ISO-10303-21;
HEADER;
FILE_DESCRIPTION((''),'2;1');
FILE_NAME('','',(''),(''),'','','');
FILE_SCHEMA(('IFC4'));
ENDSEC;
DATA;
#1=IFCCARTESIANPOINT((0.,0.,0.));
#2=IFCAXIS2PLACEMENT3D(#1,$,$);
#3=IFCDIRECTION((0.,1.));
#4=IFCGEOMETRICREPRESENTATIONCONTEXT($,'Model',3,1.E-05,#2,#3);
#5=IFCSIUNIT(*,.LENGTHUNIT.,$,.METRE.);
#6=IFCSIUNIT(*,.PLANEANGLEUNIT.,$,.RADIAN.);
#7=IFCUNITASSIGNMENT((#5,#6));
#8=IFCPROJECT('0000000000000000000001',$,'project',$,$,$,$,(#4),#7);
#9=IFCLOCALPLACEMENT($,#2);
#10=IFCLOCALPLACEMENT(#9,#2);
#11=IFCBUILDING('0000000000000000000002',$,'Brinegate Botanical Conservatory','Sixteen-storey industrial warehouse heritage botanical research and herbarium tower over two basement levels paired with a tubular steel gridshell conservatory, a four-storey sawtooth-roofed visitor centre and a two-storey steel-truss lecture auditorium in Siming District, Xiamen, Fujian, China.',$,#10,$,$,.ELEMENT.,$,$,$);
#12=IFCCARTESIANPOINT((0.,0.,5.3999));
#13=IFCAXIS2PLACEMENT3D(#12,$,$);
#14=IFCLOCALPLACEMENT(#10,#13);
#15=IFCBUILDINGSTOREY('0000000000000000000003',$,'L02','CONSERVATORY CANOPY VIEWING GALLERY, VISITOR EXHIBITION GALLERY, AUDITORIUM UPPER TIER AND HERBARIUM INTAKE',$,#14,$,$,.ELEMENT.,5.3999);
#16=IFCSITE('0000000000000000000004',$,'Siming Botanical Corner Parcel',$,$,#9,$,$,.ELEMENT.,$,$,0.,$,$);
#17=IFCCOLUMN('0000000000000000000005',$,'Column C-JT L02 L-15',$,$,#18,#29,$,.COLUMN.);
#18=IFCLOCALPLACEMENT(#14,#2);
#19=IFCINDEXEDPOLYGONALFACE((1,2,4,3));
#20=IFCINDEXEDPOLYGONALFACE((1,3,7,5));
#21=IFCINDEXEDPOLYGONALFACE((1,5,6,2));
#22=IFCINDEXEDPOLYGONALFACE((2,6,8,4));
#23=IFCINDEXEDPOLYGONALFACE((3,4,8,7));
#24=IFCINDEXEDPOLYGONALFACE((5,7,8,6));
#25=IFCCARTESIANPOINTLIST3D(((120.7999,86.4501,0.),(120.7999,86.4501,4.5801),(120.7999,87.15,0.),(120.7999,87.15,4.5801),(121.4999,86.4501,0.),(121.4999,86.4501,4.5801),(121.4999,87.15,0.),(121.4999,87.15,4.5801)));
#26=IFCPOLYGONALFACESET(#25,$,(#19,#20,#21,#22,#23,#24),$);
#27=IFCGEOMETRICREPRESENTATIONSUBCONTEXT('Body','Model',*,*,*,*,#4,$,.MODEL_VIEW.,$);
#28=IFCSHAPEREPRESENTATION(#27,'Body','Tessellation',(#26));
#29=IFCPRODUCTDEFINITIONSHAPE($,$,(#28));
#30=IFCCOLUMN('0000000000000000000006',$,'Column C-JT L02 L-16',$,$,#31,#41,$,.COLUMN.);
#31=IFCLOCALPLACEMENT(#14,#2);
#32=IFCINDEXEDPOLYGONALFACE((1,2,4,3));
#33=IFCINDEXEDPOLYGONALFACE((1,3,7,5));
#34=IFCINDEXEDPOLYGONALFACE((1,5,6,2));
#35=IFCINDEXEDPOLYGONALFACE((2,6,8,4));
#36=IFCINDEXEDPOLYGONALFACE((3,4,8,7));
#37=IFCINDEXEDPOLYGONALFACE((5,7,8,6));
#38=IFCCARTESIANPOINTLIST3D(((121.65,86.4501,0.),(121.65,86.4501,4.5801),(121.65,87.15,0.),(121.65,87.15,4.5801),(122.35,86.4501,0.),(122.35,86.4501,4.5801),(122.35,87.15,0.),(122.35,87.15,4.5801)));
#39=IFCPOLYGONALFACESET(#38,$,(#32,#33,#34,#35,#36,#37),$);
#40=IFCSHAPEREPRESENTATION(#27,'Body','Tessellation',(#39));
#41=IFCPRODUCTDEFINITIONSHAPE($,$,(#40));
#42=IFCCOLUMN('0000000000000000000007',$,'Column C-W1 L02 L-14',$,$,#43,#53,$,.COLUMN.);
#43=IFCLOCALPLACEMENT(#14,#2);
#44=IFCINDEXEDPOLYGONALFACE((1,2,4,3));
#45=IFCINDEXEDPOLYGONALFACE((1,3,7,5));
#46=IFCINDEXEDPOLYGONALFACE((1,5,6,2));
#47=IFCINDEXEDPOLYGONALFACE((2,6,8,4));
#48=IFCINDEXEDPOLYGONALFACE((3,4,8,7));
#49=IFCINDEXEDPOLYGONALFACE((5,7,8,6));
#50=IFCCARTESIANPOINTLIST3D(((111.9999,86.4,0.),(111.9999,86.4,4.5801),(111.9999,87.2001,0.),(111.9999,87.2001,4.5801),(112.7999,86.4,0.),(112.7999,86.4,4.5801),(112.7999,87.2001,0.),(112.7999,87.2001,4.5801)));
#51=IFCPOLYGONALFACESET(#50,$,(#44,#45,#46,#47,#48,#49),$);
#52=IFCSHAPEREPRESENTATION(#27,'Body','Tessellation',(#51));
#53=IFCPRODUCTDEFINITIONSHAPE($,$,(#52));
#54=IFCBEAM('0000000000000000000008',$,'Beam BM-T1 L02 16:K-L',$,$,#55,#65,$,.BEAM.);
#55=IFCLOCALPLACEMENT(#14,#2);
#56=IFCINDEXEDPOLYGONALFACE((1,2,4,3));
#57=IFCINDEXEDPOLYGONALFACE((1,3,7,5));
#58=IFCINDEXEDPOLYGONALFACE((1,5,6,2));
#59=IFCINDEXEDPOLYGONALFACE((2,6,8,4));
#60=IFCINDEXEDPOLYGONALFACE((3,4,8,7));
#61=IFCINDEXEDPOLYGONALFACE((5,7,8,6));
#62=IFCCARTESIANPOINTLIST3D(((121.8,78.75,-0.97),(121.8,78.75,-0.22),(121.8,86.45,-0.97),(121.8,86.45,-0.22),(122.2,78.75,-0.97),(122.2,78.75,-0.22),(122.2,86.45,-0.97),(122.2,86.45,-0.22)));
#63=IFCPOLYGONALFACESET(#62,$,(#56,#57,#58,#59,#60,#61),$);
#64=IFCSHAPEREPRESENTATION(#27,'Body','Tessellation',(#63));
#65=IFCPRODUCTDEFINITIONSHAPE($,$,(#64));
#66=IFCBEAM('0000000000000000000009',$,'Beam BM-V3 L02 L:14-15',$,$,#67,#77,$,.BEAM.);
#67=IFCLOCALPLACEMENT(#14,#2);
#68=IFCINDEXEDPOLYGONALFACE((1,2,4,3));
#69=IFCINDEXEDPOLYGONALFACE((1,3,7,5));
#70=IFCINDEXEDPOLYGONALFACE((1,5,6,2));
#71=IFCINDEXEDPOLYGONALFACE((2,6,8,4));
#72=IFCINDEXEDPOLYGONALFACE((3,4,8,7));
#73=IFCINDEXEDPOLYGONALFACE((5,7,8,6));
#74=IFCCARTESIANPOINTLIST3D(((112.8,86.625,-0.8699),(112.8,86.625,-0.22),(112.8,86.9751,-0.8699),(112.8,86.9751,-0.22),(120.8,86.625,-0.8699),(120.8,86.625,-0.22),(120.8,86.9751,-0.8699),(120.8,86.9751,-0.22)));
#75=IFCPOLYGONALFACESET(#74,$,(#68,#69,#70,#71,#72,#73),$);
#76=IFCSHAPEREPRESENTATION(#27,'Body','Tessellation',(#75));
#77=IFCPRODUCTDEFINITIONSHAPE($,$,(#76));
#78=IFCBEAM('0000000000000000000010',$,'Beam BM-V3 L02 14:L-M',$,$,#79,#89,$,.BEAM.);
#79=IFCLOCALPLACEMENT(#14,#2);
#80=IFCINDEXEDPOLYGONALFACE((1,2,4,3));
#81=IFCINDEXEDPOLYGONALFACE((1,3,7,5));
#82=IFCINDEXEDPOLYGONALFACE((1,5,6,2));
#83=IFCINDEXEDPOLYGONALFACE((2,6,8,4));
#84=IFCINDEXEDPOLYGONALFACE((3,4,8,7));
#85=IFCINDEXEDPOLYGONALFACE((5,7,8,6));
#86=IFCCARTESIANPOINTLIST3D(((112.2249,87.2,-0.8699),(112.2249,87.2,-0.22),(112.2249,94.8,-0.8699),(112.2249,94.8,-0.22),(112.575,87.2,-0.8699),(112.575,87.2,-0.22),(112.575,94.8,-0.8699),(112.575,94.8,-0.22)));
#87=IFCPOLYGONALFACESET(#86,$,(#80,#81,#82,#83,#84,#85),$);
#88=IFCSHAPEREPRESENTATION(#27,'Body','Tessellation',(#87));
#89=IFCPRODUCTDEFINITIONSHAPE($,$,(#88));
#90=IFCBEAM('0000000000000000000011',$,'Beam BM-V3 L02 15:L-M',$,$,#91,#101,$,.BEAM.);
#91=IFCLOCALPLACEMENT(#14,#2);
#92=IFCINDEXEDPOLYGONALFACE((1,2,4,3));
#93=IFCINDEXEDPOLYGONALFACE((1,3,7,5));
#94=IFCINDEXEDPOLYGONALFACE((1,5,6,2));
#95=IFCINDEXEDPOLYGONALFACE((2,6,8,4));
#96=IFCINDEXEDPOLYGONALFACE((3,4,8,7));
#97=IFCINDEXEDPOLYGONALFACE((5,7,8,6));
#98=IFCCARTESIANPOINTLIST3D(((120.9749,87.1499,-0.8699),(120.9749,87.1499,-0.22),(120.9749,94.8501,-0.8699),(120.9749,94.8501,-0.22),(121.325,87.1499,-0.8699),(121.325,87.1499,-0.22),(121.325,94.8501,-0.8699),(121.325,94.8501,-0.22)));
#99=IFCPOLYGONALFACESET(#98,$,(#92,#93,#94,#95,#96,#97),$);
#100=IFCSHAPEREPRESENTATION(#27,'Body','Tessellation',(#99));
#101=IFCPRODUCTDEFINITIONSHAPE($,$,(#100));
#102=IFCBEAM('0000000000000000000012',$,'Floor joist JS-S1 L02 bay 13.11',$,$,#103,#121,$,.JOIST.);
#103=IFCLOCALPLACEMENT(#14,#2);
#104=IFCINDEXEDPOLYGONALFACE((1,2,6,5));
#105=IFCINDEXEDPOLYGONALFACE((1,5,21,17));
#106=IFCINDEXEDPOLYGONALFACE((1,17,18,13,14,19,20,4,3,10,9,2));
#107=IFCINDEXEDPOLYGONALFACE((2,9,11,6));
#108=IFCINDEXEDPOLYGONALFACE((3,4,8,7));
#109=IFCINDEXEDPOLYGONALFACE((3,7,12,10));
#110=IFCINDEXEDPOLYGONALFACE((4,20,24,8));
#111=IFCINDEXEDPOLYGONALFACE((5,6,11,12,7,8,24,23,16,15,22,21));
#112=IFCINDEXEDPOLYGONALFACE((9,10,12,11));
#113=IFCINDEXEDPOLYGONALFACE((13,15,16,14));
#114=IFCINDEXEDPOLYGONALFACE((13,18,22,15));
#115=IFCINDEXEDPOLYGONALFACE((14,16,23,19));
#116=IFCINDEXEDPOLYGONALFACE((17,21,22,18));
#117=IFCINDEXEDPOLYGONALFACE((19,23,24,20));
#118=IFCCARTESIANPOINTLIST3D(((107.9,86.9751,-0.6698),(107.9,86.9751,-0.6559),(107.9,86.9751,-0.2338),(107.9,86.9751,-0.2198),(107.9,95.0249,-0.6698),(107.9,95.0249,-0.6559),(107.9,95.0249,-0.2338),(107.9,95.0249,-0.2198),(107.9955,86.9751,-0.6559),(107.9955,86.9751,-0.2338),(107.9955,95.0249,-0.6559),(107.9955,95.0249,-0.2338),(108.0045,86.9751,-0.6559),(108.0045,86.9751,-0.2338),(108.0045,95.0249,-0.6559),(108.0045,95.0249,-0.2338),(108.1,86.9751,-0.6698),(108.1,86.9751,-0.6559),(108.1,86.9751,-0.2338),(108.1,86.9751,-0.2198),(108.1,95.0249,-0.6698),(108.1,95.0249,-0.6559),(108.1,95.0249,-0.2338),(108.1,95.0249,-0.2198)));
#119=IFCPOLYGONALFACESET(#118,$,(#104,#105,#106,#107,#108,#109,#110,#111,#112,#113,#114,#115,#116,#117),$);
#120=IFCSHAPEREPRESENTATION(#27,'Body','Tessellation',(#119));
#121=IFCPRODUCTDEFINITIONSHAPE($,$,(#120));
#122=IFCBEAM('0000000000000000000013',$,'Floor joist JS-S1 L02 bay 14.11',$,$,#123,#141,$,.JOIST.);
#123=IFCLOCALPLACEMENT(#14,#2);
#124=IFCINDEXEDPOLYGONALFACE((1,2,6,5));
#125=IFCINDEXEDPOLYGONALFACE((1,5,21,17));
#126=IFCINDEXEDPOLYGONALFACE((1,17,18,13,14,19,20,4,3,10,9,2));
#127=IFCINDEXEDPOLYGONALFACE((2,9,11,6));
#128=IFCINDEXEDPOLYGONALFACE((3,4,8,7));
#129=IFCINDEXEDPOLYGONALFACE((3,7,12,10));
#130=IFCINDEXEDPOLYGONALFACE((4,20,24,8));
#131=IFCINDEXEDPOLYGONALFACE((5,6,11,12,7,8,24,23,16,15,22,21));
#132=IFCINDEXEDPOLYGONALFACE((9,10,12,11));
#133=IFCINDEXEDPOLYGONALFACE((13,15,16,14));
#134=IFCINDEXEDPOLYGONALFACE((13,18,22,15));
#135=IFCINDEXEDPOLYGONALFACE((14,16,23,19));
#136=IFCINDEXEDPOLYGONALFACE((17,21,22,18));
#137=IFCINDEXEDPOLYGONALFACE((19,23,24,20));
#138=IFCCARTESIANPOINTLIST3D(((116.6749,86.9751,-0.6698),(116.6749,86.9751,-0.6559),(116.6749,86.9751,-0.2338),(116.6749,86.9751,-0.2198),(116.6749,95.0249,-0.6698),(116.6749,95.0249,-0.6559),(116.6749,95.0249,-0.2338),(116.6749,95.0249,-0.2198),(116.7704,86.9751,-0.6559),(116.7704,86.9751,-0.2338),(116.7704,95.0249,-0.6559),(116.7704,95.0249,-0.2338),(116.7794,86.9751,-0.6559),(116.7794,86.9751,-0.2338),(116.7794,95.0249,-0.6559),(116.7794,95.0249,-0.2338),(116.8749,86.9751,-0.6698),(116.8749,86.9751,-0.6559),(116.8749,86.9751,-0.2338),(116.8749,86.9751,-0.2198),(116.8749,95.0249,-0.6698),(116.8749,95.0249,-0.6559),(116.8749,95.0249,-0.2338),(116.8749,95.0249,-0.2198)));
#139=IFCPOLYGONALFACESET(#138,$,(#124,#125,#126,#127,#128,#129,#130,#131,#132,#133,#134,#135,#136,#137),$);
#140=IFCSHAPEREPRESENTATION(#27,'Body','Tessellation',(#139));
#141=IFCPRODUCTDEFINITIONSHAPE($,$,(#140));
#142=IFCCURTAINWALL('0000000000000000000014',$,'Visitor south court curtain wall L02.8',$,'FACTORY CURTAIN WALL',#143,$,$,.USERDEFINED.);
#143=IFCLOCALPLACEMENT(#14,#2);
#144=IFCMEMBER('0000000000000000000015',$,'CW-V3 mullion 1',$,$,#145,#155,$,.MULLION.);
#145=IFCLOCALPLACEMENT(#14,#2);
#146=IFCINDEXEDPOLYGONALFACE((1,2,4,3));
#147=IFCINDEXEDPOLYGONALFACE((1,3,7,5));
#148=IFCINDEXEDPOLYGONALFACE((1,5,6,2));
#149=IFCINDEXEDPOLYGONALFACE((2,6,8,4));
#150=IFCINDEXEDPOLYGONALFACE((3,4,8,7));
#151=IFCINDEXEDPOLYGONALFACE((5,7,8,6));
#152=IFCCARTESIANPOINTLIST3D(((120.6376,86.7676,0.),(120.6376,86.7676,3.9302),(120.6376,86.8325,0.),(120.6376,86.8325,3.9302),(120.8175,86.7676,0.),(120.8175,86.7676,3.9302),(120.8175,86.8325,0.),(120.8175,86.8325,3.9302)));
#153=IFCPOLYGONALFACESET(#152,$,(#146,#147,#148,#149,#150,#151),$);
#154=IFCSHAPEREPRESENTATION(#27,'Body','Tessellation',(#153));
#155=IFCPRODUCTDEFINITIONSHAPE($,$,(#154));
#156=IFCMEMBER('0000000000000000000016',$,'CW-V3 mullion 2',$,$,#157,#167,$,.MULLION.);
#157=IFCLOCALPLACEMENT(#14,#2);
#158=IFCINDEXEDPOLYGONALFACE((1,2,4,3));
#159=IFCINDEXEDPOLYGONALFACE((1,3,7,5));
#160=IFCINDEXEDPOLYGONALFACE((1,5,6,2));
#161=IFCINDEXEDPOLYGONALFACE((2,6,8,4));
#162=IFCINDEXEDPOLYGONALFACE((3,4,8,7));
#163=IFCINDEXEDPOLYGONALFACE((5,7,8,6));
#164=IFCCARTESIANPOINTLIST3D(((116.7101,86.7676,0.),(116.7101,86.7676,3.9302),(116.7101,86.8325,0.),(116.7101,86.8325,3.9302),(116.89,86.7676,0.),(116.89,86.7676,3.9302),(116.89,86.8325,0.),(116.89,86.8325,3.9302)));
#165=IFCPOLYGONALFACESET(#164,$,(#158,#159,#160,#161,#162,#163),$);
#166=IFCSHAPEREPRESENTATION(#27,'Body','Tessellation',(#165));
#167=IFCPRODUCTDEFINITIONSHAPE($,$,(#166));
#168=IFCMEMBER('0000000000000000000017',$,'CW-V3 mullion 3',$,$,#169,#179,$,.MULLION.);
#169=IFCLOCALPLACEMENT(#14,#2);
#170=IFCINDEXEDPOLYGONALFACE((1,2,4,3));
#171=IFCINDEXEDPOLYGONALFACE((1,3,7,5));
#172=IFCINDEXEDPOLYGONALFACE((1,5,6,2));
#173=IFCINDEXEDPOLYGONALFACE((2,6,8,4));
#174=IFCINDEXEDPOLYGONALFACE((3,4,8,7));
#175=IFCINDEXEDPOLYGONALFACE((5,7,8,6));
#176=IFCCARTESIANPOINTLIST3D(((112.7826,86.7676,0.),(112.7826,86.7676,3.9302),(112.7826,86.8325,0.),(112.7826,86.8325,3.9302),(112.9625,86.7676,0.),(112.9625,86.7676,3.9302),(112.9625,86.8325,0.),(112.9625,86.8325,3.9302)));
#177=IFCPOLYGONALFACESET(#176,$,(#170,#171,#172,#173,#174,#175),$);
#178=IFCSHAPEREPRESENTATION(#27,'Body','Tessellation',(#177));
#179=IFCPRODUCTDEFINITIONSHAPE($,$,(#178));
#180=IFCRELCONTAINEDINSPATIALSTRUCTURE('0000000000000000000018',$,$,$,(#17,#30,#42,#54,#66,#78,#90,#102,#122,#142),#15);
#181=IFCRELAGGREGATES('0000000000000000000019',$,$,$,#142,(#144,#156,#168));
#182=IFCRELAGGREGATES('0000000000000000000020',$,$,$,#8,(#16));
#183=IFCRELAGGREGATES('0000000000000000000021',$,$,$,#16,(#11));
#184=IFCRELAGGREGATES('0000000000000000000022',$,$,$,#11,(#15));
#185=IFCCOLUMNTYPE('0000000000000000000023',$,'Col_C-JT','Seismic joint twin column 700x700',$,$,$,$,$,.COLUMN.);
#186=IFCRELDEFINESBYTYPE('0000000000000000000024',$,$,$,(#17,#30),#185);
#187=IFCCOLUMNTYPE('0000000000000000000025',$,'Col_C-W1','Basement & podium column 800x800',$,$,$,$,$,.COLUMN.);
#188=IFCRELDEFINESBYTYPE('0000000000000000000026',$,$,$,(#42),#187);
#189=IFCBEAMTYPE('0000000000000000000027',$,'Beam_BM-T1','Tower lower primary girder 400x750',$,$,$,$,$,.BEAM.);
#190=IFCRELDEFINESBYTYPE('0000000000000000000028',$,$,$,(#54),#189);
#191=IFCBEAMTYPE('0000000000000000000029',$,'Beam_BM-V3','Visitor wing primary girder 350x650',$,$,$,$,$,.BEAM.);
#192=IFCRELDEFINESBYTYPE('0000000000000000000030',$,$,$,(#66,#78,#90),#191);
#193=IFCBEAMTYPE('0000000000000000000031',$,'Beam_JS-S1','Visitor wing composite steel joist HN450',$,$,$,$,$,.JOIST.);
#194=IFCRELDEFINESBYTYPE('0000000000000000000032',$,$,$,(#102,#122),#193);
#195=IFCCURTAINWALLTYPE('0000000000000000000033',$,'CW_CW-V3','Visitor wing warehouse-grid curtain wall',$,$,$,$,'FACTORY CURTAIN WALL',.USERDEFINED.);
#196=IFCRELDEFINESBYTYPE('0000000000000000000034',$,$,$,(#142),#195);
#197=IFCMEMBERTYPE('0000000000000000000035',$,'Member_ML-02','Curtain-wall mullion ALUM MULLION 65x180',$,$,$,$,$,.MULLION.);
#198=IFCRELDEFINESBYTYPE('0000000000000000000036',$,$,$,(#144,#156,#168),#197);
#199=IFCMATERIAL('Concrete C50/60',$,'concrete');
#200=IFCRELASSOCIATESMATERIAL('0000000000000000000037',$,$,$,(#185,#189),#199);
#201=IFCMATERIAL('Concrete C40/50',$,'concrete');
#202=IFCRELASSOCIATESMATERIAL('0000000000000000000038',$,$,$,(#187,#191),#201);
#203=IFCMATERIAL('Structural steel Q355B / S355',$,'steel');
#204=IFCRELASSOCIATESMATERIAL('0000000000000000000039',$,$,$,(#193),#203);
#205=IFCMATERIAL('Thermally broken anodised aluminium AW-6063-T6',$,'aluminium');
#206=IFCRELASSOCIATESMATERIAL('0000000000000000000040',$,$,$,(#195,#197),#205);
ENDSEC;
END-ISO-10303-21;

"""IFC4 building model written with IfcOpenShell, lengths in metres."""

from ifc_helpers import new_model, si_unit, direction, frame, origin, origin_2d, place, context, subcontext, project, spatial, rectangle, i_section, extrude, material, material_profile, profile_set, type_object, element, aggregate, save


model = new_model("IFC4")

# Units and contexts
model_context = context("Model", 3, precision=1e-05, world=origin(), true_north=direction((0.0, 1.0)))
body_context = subcontext(model_context, "Body", "Model", "MODEL_VIEW")
ifc_project = project(units=[si_unit("LENGTHUNIT", "METRE"), si_unit("PLANEANGLEUNIT", "RADIAN")], contexts=[model_context])

# Site, building, storey
site_placement = place(None, origin())
site = spatial("IfcSite", under=ifc_project, at=site_placement, Name="Siming Botanical Corner Parcel", CompositionType="ELEMENT", RefElevation=0.0)
building_placement = place(site_placement, origin())
building = spatial("IfcBuilding", under=site, at=building_placement, Name="Brinegate Botanical Conservatory", Description="Sixteen-storey industrial warehouse heritage botanical research and herbarium tower over two basement levels paired with a tubular steel gridshell conservatory, a four-storey sawtooth-roofed visitor centre and a two-storey steel-truss lecture auditorium in Siming District, Xiamen, Fujian, China.", CompositionType="ELEMENT")
storey_placement = place(building_placement, frame((0.0, 0.0, 5.3999)))
storey = spatial("IfcBuildingStorey", under=building, at=storey_placement, Name="L02", Description="CONSERVATORY CANOPY VIEWING GALLERY, VISITOR EXHIBITION GALLERY, AUDITORIUM UPPER TIER AND HERBARIUM INTAKE", CompositionType="ELEMENT", Elevation=5.3999)

# Columns
ifc_material_1 = material(Name="Concrete C50/60", Category="concrete")
ifc_material_profile_1 = material_profile(ifc_material_1, rectangle(XDim=0.7, YDim=0.7, at=origin_2d()), Name="RC COL 700x700")
ifc_profile_set_1 = profile_set([ifc_material_profile_1], Name="Concrete C50/60")
column_type_1 = type_object("IfcColumnType", Name="Col_C-JT", Description="Seismic joint twin column 700x700", PredefinedType="COLUMN", material=ifc_profile_set_1)
for number, where, z_axis, x_axis, name in (
    (1, (121.1499, 86.8, 0.0), (0.0, 0.0, 1.0), (1.0, 0.0, 0.0), "Column C-JT L02 L-15"),
    (2, (122.0, 86.8, 0.0), (0.0, 0.0, 1.0), (1.0, 0.0, 0.0), "Column C-JT L02 L-16"),
):
    element("IfcColumn", number, at=place(storey_placement, frame(where, z_axis=z_axis, x_axis=x_axis)), inside=storey, type_object=column_type_1, Name=name, PredefinedType="COLUMN", context=body_context, shape_type="SweptSolid", body=[
        extrude(rectangle(XDim=0.7, YDim=0.7, at=origin_2d()), origin(), (0.0, 0.0, 1.0), 4.5801),
    ])
ifc_material_2 = material(Name="Concrete C40/50", Category="concrete")
ifc_material_profile_2 = material_profile(ifc_material_2, rectangle(XDim=0.8, YDim=0.8, at=origin_2d()), Name="RC COL 800x800")
ifc_profile_set_2 = profile_set([ifc_material_profile_2], Name="Concrete C40/50")
column_type_2 = type_object("IfcColumnType", Name="Col_C-W1", Description="Basement & podium column 800x800", PredefinedType="COLUMN", material=ifc_profile_set_2)
column_placement = place(storey_placement, frame((112.3999, 86.8, 0.0), z_axis=(0.0, 0.0, 1.0), x_axis=(1.0, 0.0, 0.0)))
element("IfcColumn", 3, at=column_placement, inside=storey, type_object=column_type_2, Name="Column C-W1 L02 L-14", PredefinedType="COLUMN", context=body_context, shape_type="SweptSolid", body=[
    extrude(rectangle(XDim=0.8, YDim=0.8, at=origin_2d()), origin(), (0.0, 0.0, 1.0), 4.5801),
])

# Beams
ifc_material_profile_3 = material_profile(ifc_material_1, rectangle(XDim=0.3999, YDim=0.75, at=origin_2d()), Name="RC BM 400x750")
ifc_profile_set_3 = profile_set([ifc_material_profile_3], Name="Concrete C50/60")
beam_type_1 = type_object("IfcBeamType", Name="Beam_BM-T1", Description="Tower lower primary girder 400x750", PredefinedType="BEAM", material=ifc_profile_set_3)
beam_1_placement = place(storey_placement, frame((122.0, 78.75, -0.595), z_axis=(0.0, 1.0, 0.0), x_axis=(-1.0, 0.0, 0.0)))
element("IfcBeam", 4, at=beam_1_placement, inside=storey, type_object=beam_type_1, Name="Beam BM-T1 L02 16:K-L", PredefinedType="BEAM", context=body_context, shape_type="SweptSolid", body=[
    extrude(rectangle(XDim=0.3999, YDim=0.75, at=origin_2d()), origin(), (0.0, 0.0, 1.0), 7.7),
])
ifc_material_profile_4 = material_profile(ifc_material_2, rectangle(XDim=0.3501, YDim=0.6499, at=origin_2d()), Name="RC BM 350x650")
ifc_profile_set_4 = profile_set([ifc_material_profile_4], Name="Concrete C40/50")
beam_type_2 = type_object("IfcBeamType", Name="Beam_BM-V3", Description="Visitor wing primary girder 350x650", PredefinedType="BEAM", material=ifc_profile_set_4)
beam_2_placement = place(storey_placement, frame((112.8, 86.8, -0.5449), z_axis=(1.0, 0.0, 0.0), x_axis=(0.0, 1.0, 0.0)))
element("IfcBeam", 5, at=beam_2_placement, inside=storey, type_object=beam_type_2, Name="Beam BM-V3 L02 L:14-15", PredefinedType="BEAM", context=body_context, shape_type="SweptSolid", body=[
    extrude(rectangle(XDim=0.3501, YDim=0.6499, at=origin_2d()), origin(), (0.0, 0.0, 1.0), 8.0),
])
beam_3_placement = place(storey_placement, frame((112.3999, 87.2, -0.5449), z_axis=(0.0, 1.0, 0.0), x_axis=(-1.0, 0.0, 0.0)))
element("IfcBeam", 6, at=beam_3_placement, inside=storey, type_object=beam_type_2, Name="Beam BM-V3 L02 14:L-M", PredefinedType="BEAM", context=body_context, shape_type="SweptSolid", body=[
    extrude(rectangle(XDim=0.3501, YDim=0.6499, at=origin_2d()), origin(), (0.0, 0.0, 1.0), 7.6001),
])
beam_4_placement = place(storey_placement, frame((121.1499, 87.1499, -0.5449), z_axis=(0.0, 1.0, 0.0), x_axis=(-1.0, 0.0, 0.0)))
element("IfcBeam", 7, at=beam_4_placement, inside=storey, type_object=beam_type_2, Name="Beam BM-V3 L02 15:L-M", PredefinedType="BEAM", context=body_context, shape_type="SweptSolid", body=[
    extrude(rectangle(XDim=0.3501, YDim=0.6499, at=origin_2d()), origin(), (0.0, 0.0, 1.0), 7.7002),
])
ifc_material_3 = material(Name="Structural steel Q355B / S355", Category="steel")
ifc_material_profile_5 = material_profile(ifc_material_3, i_section(OverallWidth=0.2, OverallDepth=0.45, WebThickness=0.009, FlangeThickness=0.0139, at=origin_2d()), Name="HN 450x200x9x14")
ifc_profile_set_5 = profile_set([ifc_material_profile_5], Name="Structural steel Q355B / S355")
beam_type_3 = type_object("IfcBeamType", Name="Beam_JS-S1", Description="Visitor wing composite steel joist HN450", PredefinedType="JOIST", material=ifc_profile_set_5)
for number, where, z_axis, x_axis, name in (
    (8, (108.0, 86.9751, -0.4448), (0.0, 1.0, 0.0), (-1.0, 0.0, 0.0), "Floor joist JS-S1 L02 bay 13.11"),
    (9, (116.7749, 86.9751, -0.4448), (0.0, 1.0, 0.0), (-1.0, 0.0, 0.0), "Floor joist JS-S1 L02 bay 14.11"),
):
    element("IfcBeam", number, at=place(storey_placement, frame(where, z_axis=z_axis, x_axis=x_axis)), inside=storey, type_object=beam_type_3, Name=name, PredefinedType="JOIST", context=body_context, shape_type="SweptSolid", body=[
        extrude(i_section(OverallWidth=0.2, OverallDepth=0.45, WebThickness=0.009, FlangeThickness=0.0139, at=origin_2d()), origin(), (0.0, 0.0, 1.0), 8.0498),
    ])

# Curtain wall, members
ifc_material_4 = material(Name="Thermally broken anodised aluminium AW-6063-T6", Category="aluminium")
curtain_wall_type = type_object("IfcCurtainWallType", Name="CW_CW-V3", Description="Visitor wing warehouse-grid curtain wall", ElementType="FACTORY CURTAIN WALL", PredefinedType="USERDEFINED", material=ifc_material_4)
curtain_wall_placement = place(storey_placement, origin())
curtain_wall = element("IfcCurtainWall", 10, at=curtain_wall_placement, inside=storey, type_object=curtain_wall_type, Name="Visitor south court curtain wall L02.8", ObjectType="FACTORY CURTAIN WALL", PredefinedType="USERDEFINED")
ifc_material_profile_6 = material_profile(ifc_material_4, rectangle(XDim=0.0649, YDim=0.1799, at=origin_2d()), Name="ALUM MULLION 65x180")
ifc_profile_set_6 = profile_set([ifc_material_profile_6], Name="Thermally broken anodised aluminium AW-6063-T6")
member_type_1 = type_object("IfcMemberType", Name="Member_ML-02", Description="Curtain-wall mullion ALUM MULLION 65x180", PredefinedType="MULLION", material=ifc_profile_set_6)
member_1_placement = place(storey_placement, frame((120.7275, 86.8, 0.0), z_axis=(0.0, 0.0, 1.0), x_axis=(0.0, -1.0, 0.0)))
member_1 = element("IfcMember", 11, at=member_1_placement, type_object=member_type_1, Name="CW-V3 mullion 1", PredefinedType="MULLION", context=body_context, shape_type="SweptSolid", body=[
    extrude(rectangle(XDim=0.0649, YDim=0.1799, at=origin_2d()), origin(), (0.0, 0.0, 1.0), 3.9302),
])
member_2_placement = place(storey_placement, frame((116.8, 86.8, 0.0), z_axis=(0.0, 0.0, 1.0), x_axis=(0.0, -1.0, 0.0)))
member_2 = element("IfcMember", 12, at=member_2_placement, type_object=member_type_1, Name="CW-V3 mullion 2", PredefinedType="MULLION", context=body_context, shape_type="SweptSolid", body=[
    extrude(rectangle(XDim=0.0649, YDim=0.1799, at=origin_2d()), origin(), (0.0, 0.0, 1.0), 3.9302),
])
member_3_placement = place(storey_placement, frame((112.8726, 86.8, 0.0), z_axis=(0.0, 0.0, 1.0), x_axis=(0.0, -1.0, 0.0)))
member_3 = element("IfcMember", 13, at=member_3_placement, type_object=member_type_1, Name="CW-V3 mullion 3", PredefinedType="MULLION", context=body_context, shape_type="SweptSolid", body=[
    extrude(rectangle(XDim=0.0649, YDim=0.1799, at=origin_2d()), origin(), (0.0, 0.0, 1.0), 3.9302),
])
aggregate(curtain_wall, [member_1, member_2, member_3])

save(model, "model.ifc")
